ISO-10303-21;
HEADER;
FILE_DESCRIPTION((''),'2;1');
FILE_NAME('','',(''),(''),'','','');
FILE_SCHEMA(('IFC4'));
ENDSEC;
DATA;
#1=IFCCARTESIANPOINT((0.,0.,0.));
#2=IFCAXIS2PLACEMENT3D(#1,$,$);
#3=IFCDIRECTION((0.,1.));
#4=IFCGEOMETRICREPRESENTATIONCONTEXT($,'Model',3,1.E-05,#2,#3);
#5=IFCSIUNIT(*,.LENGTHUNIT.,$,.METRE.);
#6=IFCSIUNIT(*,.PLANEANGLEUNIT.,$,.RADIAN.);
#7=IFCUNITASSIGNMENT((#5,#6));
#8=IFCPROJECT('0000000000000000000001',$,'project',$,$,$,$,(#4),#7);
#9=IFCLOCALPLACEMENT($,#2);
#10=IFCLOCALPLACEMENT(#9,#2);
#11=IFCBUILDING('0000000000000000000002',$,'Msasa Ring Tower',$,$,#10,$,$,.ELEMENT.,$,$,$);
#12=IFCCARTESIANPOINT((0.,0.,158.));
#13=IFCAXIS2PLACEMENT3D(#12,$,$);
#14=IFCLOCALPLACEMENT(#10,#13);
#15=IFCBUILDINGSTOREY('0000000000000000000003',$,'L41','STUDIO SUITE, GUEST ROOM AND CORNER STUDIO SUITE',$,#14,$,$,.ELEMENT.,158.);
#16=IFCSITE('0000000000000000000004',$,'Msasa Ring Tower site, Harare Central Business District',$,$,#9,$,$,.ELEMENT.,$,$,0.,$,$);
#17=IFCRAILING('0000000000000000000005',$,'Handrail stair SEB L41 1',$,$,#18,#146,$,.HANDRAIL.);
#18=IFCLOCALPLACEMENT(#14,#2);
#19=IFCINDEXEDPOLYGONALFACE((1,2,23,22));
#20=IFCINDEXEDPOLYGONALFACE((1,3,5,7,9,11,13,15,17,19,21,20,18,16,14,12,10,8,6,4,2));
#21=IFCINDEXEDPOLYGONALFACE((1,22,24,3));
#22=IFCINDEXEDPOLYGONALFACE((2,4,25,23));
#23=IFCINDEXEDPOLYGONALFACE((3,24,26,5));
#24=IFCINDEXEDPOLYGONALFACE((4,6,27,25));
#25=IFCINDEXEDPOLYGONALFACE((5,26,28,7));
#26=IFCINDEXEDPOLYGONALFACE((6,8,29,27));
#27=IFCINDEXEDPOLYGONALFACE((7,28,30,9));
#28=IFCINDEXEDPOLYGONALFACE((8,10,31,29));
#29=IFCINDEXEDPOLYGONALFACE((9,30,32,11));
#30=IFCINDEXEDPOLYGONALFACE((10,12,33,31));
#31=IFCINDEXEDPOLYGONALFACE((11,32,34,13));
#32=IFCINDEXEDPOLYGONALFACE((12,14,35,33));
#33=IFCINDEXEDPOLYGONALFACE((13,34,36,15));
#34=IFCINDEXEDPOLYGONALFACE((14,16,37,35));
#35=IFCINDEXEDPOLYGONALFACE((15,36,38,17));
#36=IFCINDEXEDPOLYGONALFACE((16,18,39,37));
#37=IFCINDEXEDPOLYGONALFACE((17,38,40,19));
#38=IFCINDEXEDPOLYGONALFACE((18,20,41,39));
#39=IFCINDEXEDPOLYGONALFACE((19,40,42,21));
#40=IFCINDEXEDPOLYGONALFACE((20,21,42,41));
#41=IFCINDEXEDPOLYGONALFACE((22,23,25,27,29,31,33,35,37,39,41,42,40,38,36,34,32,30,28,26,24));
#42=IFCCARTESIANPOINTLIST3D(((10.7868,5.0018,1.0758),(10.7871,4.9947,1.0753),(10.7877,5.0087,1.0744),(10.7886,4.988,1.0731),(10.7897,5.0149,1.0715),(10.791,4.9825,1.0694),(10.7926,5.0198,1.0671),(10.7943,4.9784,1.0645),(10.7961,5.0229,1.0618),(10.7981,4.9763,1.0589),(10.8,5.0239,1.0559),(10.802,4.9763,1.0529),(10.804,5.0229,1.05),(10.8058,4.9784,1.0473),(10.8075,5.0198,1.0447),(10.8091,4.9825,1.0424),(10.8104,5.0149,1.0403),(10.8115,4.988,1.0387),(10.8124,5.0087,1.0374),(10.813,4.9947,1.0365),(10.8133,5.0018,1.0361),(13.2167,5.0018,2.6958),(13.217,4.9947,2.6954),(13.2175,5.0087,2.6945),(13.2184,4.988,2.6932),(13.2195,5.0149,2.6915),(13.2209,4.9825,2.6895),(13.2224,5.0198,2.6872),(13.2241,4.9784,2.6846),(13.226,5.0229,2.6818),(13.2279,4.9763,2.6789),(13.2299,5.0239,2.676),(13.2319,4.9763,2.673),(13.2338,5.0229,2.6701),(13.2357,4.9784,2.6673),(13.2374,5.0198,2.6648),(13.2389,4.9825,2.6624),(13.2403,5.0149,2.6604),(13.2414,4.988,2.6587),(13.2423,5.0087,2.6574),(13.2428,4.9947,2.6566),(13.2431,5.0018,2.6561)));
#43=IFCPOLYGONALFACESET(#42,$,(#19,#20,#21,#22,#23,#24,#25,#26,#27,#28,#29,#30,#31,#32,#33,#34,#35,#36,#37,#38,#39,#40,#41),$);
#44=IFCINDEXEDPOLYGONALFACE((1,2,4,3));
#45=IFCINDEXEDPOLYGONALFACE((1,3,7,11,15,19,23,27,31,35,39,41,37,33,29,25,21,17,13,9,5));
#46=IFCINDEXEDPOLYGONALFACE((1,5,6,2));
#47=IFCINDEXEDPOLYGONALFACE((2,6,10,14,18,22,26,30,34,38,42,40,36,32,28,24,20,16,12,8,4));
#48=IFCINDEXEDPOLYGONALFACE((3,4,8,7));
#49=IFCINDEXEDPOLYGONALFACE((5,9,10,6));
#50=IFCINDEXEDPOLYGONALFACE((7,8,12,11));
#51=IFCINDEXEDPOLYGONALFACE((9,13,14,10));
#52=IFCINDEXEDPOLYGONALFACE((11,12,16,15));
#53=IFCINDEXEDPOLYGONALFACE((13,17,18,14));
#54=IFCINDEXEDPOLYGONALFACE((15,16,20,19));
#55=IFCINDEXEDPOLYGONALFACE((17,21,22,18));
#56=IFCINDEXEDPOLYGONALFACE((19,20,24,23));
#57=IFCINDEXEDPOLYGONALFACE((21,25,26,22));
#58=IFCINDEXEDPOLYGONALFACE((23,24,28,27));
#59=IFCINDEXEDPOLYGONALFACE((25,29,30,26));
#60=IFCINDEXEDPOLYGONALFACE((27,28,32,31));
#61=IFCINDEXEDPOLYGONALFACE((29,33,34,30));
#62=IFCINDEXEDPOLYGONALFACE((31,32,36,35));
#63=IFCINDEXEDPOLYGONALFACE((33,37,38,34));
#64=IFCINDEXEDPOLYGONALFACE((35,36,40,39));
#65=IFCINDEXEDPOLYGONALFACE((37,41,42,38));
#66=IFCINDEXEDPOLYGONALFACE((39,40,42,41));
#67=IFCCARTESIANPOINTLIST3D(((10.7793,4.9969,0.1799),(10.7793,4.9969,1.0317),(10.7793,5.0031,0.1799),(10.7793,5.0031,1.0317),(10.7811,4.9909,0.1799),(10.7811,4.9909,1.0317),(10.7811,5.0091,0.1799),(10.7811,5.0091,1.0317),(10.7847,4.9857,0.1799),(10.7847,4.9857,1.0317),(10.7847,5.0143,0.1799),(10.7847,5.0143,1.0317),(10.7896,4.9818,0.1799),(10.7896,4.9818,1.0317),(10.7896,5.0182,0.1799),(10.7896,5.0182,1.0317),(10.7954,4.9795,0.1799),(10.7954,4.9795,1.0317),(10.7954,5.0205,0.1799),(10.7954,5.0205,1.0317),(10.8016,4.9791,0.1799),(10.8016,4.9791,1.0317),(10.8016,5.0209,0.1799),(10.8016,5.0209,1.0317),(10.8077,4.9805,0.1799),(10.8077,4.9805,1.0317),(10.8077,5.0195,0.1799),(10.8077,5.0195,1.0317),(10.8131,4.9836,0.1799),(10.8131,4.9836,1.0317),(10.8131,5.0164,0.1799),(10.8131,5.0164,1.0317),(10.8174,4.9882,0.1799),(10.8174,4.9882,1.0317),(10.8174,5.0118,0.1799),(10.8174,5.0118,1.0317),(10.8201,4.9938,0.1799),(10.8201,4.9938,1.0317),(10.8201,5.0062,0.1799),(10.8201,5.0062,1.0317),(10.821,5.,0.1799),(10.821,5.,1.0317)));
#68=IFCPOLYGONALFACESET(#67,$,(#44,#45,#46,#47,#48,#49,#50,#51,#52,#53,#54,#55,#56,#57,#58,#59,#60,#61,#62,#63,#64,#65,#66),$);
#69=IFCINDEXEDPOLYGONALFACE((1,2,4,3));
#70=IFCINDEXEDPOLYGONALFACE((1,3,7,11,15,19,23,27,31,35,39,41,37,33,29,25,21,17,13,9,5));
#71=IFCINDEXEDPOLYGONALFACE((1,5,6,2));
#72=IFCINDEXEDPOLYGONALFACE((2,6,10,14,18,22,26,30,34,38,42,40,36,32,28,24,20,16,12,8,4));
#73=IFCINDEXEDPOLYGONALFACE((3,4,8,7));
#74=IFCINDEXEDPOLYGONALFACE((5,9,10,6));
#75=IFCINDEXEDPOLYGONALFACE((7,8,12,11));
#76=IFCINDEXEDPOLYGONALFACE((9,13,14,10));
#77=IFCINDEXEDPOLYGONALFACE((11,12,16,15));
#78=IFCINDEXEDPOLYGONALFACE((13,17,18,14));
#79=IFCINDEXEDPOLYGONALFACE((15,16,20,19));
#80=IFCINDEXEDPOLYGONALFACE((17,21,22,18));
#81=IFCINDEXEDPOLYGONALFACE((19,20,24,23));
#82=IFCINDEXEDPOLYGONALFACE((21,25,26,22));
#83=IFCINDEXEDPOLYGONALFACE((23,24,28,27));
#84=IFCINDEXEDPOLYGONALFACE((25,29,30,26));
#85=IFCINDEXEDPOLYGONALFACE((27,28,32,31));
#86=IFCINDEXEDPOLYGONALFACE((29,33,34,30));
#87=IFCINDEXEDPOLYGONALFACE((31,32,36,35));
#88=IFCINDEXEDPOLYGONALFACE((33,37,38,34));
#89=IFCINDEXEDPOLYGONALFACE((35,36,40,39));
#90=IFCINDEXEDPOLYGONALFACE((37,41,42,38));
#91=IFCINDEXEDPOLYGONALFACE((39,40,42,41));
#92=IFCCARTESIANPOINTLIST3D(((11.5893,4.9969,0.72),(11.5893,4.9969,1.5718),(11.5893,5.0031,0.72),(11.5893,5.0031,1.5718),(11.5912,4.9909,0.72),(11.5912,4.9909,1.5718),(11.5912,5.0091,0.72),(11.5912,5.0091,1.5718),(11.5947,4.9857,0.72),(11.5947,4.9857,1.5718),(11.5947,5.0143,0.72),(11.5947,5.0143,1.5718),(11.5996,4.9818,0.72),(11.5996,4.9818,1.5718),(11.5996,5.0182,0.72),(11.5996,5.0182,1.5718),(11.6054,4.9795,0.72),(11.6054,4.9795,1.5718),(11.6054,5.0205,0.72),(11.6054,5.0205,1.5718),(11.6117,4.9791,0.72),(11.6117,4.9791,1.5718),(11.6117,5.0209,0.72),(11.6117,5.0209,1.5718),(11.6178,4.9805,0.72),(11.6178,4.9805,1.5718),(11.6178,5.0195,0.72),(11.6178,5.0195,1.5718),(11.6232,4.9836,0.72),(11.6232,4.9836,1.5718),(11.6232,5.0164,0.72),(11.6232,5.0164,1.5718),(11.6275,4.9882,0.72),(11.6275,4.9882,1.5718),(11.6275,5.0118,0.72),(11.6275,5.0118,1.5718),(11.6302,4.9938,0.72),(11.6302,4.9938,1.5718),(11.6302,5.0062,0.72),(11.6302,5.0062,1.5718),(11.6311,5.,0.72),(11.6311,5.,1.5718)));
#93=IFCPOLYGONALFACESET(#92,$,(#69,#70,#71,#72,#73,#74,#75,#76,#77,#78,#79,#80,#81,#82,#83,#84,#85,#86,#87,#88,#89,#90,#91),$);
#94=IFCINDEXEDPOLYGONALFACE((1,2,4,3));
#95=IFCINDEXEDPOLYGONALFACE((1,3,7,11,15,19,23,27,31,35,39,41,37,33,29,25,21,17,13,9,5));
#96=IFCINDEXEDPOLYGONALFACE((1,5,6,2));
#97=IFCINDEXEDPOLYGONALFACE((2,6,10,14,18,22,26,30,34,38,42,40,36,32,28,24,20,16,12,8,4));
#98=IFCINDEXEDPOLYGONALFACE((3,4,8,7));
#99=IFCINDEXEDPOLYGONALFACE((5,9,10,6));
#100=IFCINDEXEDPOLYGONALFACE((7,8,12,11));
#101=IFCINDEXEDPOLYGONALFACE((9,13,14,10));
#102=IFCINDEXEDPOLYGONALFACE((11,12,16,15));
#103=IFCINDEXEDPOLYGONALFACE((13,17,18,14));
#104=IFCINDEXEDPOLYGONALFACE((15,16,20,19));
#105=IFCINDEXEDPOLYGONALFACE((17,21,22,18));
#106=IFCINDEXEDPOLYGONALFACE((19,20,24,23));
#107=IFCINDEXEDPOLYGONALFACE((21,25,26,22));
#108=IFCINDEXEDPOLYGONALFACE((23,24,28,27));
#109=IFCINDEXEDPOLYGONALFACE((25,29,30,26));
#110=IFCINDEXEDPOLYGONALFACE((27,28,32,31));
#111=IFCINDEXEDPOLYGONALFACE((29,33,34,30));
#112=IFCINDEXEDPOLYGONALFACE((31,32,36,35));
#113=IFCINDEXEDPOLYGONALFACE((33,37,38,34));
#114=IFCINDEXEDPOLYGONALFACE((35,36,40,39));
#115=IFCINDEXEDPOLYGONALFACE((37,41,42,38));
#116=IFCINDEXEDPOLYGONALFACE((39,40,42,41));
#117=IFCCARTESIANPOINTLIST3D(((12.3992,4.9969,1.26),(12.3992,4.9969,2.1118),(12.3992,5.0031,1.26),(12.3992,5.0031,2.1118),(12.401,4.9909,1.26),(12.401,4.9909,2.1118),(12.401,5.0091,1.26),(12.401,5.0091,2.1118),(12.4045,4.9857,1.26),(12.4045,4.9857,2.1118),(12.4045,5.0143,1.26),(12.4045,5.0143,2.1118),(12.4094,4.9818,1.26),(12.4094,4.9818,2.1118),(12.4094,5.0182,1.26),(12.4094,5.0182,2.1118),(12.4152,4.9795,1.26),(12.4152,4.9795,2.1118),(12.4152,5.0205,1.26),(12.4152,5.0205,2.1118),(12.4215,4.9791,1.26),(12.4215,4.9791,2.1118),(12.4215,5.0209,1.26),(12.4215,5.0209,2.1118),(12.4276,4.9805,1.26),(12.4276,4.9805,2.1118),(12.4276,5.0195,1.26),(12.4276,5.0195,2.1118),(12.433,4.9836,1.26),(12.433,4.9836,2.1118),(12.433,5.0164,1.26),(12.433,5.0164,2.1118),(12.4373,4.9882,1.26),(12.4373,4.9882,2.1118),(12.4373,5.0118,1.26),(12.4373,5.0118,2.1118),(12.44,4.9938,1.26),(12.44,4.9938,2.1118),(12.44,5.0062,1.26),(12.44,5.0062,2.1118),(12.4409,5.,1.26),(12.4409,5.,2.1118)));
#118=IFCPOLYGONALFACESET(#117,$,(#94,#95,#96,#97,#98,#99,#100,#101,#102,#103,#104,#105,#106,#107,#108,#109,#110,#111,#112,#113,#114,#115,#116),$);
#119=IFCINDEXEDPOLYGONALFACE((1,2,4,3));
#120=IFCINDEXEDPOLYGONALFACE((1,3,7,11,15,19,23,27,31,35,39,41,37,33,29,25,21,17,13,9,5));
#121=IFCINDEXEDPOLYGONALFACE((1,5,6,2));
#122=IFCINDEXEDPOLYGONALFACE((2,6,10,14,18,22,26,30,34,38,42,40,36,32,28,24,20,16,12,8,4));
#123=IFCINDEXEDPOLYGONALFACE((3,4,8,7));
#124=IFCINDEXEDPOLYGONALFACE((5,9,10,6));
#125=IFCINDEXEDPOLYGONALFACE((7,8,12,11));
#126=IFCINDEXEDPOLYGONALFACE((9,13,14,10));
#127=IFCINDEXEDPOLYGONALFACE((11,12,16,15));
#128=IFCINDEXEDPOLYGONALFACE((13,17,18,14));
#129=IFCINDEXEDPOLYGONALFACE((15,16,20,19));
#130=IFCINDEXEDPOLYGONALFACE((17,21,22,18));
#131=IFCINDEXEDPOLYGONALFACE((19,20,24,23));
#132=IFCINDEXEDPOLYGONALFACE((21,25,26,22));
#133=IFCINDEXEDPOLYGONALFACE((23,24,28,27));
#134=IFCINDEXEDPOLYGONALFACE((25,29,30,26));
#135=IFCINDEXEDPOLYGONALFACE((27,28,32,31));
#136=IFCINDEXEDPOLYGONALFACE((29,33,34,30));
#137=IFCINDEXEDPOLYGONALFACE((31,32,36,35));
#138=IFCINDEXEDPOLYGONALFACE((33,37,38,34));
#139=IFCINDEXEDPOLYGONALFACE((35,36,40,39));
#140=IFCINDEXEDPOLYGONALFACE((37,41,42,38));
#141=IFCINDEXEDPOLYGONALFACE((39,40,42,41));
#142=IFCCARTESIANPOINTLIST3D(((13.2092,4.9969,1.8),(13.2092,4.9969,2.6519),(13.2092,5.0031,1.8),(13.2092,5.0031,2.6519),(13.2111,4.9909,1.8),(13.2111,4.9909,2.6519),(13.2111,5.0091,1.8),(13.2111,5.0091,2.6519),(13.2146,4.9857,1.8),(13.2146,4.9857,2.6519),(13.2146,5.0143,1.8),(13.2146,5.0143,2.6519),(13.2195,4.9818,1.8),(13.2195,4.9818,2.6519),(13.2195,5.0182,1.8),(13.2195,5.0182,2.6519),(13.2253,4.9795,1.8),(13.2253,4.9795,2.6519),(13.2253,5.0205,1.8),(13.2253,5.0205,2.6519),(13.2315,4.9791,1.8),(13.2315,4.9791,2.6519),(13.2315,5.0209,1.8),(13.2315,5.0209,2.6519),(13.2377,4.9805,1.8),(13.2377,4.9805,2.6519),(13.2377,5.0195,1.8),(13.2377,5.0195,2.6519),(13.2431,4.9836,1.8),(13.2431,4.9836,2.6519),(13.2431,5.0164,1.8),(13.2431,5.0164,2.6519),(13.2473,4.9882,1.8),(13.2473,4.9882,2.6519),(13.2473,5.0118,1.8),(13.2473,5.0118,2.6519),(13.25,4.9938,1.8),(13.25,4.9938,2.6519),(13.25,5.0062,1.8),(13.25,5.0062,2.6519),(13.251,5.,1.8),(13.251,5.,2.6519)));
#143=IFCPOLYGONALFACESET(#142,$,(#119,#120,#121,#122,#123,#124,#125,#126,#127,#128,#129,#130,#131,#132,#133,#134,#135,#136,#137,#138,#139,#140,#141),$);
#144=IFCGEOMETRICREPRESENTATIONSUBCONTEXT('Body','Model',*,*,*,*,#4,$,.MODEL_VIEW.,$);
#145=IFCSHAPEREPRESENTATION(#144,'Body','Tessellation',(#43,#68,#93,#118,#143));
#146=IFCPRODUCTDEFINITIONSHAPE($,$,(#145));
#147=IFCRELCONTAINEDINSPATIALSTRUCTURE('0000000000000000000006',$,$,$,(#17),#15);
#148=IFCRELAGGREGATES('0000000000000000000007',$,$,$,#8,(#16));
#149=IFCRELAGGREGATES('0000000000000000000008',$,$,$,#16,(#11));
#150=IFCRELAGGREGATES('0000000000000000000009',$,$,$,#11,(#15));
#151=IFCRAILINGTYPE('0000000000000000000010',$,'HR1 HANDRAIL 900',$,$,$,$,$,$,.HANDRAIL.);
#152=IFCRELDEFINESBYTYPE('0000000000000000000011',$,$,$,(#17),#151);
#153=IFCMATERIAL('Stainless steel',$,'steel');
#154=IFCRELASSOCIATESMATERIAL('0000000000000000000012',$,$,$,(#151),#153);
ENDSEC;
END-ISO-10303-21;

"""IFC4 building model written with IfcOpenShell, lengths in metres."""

from ifc_helpers import new_model, si_unit, direction, frame, origin, origin_2d, place, context, subcontext, project, spatial, circle, extrude, material, type_object, element, save


model = new_model("IFC4")

# Units and contexts
model_context = context("Model", 3, precision=1e-05, world=origin(), true_north=direction((0.0, 1.0)))
body_context = subcontext(model_context, "Body", "Model", "MODEL_VIEW")
ifc_project = project(units=[si_unit("LENGTHUNIT", "METRE"), si_unit("PLANEANGLEUNIT", "RADIAN")], contexts=[model_context])

# Site, building, storey
site_placement = place(None, origin())
site = spatial("IfcSite", under=ifc_project, at=site_placement, Name="Msasa Ring Tower site, Harare Central Business District", CompositionType="ELEMENT", RefElevation=0.0)
building_placement = place(site_placement, origin())
building = spatial("IfcBuilding", under=site, at=building_placement, Name="Msasa Ring Tower", CompositionType="ELEMENT")
storey_placement = place(building_placement, frame((0.0, 0.0, 158.0)))
storey = spatial("IfcBuildingStorey", under=building, at=storey_placement, Name="L41", Description="STUDIO SUITE, GUEST ROOM AND CORNER STUDIO SUITE", CompositionType="ELEMENT", Elevation=158.0)

# Railing
ifc_material_1 = material(Name="Stainless steel", Category="steel")
railing_type = type_object("IfcRailingType", Name="HR1 HANDRAIL 900", PredefinedType="HANDRAIL", material=ifc_material_1)
for number, where, name in (
    (1, (10.8, 5.0, 0.1799), "Handrail stair SEB L41 1"),
):
    element("IfcRailing", number, at=place(storey_placement, frame(where)), inside=storey, type_object=railing_type, Name=name, PredefinedType="HANDRAIL", context=body_context, shape_type="SweptSolid", body=[
        extrude(circle(Radius=0.0239, at=origin_2d()), frame((0.0, 0.0, 0.876), z_axis=(0.832025, 0.0, 0.554739), x_axis=(0.0, 1.0, 0.0)), (0.0, 0.0, 1.0), 2.9204),
        extrude(circle(Radius=0.021, at=origin_2d()), origin(), (0.0, 0.0, 1.0), 0.8518),
        extrude(circle(Radius=0.021, at=origin_2d()), frame((0.8101, 0.0, 0.54)), (0.0, 0.0, 1.0), 0.8518),
        extrude(circle(Radius=0.021, at=origin_2d()), frame((1.6199, 0.0, 1.0801)), (0.0, 0.0, 1.0), 0.8518),
        extrude(circle(Radius=0.021, at=origin_2d()), frame((2.4299, 0.0, 1.6201)), (0.0, 0.0, 1.0), 0.8518),
    ])

save(model, "model.ifc")
